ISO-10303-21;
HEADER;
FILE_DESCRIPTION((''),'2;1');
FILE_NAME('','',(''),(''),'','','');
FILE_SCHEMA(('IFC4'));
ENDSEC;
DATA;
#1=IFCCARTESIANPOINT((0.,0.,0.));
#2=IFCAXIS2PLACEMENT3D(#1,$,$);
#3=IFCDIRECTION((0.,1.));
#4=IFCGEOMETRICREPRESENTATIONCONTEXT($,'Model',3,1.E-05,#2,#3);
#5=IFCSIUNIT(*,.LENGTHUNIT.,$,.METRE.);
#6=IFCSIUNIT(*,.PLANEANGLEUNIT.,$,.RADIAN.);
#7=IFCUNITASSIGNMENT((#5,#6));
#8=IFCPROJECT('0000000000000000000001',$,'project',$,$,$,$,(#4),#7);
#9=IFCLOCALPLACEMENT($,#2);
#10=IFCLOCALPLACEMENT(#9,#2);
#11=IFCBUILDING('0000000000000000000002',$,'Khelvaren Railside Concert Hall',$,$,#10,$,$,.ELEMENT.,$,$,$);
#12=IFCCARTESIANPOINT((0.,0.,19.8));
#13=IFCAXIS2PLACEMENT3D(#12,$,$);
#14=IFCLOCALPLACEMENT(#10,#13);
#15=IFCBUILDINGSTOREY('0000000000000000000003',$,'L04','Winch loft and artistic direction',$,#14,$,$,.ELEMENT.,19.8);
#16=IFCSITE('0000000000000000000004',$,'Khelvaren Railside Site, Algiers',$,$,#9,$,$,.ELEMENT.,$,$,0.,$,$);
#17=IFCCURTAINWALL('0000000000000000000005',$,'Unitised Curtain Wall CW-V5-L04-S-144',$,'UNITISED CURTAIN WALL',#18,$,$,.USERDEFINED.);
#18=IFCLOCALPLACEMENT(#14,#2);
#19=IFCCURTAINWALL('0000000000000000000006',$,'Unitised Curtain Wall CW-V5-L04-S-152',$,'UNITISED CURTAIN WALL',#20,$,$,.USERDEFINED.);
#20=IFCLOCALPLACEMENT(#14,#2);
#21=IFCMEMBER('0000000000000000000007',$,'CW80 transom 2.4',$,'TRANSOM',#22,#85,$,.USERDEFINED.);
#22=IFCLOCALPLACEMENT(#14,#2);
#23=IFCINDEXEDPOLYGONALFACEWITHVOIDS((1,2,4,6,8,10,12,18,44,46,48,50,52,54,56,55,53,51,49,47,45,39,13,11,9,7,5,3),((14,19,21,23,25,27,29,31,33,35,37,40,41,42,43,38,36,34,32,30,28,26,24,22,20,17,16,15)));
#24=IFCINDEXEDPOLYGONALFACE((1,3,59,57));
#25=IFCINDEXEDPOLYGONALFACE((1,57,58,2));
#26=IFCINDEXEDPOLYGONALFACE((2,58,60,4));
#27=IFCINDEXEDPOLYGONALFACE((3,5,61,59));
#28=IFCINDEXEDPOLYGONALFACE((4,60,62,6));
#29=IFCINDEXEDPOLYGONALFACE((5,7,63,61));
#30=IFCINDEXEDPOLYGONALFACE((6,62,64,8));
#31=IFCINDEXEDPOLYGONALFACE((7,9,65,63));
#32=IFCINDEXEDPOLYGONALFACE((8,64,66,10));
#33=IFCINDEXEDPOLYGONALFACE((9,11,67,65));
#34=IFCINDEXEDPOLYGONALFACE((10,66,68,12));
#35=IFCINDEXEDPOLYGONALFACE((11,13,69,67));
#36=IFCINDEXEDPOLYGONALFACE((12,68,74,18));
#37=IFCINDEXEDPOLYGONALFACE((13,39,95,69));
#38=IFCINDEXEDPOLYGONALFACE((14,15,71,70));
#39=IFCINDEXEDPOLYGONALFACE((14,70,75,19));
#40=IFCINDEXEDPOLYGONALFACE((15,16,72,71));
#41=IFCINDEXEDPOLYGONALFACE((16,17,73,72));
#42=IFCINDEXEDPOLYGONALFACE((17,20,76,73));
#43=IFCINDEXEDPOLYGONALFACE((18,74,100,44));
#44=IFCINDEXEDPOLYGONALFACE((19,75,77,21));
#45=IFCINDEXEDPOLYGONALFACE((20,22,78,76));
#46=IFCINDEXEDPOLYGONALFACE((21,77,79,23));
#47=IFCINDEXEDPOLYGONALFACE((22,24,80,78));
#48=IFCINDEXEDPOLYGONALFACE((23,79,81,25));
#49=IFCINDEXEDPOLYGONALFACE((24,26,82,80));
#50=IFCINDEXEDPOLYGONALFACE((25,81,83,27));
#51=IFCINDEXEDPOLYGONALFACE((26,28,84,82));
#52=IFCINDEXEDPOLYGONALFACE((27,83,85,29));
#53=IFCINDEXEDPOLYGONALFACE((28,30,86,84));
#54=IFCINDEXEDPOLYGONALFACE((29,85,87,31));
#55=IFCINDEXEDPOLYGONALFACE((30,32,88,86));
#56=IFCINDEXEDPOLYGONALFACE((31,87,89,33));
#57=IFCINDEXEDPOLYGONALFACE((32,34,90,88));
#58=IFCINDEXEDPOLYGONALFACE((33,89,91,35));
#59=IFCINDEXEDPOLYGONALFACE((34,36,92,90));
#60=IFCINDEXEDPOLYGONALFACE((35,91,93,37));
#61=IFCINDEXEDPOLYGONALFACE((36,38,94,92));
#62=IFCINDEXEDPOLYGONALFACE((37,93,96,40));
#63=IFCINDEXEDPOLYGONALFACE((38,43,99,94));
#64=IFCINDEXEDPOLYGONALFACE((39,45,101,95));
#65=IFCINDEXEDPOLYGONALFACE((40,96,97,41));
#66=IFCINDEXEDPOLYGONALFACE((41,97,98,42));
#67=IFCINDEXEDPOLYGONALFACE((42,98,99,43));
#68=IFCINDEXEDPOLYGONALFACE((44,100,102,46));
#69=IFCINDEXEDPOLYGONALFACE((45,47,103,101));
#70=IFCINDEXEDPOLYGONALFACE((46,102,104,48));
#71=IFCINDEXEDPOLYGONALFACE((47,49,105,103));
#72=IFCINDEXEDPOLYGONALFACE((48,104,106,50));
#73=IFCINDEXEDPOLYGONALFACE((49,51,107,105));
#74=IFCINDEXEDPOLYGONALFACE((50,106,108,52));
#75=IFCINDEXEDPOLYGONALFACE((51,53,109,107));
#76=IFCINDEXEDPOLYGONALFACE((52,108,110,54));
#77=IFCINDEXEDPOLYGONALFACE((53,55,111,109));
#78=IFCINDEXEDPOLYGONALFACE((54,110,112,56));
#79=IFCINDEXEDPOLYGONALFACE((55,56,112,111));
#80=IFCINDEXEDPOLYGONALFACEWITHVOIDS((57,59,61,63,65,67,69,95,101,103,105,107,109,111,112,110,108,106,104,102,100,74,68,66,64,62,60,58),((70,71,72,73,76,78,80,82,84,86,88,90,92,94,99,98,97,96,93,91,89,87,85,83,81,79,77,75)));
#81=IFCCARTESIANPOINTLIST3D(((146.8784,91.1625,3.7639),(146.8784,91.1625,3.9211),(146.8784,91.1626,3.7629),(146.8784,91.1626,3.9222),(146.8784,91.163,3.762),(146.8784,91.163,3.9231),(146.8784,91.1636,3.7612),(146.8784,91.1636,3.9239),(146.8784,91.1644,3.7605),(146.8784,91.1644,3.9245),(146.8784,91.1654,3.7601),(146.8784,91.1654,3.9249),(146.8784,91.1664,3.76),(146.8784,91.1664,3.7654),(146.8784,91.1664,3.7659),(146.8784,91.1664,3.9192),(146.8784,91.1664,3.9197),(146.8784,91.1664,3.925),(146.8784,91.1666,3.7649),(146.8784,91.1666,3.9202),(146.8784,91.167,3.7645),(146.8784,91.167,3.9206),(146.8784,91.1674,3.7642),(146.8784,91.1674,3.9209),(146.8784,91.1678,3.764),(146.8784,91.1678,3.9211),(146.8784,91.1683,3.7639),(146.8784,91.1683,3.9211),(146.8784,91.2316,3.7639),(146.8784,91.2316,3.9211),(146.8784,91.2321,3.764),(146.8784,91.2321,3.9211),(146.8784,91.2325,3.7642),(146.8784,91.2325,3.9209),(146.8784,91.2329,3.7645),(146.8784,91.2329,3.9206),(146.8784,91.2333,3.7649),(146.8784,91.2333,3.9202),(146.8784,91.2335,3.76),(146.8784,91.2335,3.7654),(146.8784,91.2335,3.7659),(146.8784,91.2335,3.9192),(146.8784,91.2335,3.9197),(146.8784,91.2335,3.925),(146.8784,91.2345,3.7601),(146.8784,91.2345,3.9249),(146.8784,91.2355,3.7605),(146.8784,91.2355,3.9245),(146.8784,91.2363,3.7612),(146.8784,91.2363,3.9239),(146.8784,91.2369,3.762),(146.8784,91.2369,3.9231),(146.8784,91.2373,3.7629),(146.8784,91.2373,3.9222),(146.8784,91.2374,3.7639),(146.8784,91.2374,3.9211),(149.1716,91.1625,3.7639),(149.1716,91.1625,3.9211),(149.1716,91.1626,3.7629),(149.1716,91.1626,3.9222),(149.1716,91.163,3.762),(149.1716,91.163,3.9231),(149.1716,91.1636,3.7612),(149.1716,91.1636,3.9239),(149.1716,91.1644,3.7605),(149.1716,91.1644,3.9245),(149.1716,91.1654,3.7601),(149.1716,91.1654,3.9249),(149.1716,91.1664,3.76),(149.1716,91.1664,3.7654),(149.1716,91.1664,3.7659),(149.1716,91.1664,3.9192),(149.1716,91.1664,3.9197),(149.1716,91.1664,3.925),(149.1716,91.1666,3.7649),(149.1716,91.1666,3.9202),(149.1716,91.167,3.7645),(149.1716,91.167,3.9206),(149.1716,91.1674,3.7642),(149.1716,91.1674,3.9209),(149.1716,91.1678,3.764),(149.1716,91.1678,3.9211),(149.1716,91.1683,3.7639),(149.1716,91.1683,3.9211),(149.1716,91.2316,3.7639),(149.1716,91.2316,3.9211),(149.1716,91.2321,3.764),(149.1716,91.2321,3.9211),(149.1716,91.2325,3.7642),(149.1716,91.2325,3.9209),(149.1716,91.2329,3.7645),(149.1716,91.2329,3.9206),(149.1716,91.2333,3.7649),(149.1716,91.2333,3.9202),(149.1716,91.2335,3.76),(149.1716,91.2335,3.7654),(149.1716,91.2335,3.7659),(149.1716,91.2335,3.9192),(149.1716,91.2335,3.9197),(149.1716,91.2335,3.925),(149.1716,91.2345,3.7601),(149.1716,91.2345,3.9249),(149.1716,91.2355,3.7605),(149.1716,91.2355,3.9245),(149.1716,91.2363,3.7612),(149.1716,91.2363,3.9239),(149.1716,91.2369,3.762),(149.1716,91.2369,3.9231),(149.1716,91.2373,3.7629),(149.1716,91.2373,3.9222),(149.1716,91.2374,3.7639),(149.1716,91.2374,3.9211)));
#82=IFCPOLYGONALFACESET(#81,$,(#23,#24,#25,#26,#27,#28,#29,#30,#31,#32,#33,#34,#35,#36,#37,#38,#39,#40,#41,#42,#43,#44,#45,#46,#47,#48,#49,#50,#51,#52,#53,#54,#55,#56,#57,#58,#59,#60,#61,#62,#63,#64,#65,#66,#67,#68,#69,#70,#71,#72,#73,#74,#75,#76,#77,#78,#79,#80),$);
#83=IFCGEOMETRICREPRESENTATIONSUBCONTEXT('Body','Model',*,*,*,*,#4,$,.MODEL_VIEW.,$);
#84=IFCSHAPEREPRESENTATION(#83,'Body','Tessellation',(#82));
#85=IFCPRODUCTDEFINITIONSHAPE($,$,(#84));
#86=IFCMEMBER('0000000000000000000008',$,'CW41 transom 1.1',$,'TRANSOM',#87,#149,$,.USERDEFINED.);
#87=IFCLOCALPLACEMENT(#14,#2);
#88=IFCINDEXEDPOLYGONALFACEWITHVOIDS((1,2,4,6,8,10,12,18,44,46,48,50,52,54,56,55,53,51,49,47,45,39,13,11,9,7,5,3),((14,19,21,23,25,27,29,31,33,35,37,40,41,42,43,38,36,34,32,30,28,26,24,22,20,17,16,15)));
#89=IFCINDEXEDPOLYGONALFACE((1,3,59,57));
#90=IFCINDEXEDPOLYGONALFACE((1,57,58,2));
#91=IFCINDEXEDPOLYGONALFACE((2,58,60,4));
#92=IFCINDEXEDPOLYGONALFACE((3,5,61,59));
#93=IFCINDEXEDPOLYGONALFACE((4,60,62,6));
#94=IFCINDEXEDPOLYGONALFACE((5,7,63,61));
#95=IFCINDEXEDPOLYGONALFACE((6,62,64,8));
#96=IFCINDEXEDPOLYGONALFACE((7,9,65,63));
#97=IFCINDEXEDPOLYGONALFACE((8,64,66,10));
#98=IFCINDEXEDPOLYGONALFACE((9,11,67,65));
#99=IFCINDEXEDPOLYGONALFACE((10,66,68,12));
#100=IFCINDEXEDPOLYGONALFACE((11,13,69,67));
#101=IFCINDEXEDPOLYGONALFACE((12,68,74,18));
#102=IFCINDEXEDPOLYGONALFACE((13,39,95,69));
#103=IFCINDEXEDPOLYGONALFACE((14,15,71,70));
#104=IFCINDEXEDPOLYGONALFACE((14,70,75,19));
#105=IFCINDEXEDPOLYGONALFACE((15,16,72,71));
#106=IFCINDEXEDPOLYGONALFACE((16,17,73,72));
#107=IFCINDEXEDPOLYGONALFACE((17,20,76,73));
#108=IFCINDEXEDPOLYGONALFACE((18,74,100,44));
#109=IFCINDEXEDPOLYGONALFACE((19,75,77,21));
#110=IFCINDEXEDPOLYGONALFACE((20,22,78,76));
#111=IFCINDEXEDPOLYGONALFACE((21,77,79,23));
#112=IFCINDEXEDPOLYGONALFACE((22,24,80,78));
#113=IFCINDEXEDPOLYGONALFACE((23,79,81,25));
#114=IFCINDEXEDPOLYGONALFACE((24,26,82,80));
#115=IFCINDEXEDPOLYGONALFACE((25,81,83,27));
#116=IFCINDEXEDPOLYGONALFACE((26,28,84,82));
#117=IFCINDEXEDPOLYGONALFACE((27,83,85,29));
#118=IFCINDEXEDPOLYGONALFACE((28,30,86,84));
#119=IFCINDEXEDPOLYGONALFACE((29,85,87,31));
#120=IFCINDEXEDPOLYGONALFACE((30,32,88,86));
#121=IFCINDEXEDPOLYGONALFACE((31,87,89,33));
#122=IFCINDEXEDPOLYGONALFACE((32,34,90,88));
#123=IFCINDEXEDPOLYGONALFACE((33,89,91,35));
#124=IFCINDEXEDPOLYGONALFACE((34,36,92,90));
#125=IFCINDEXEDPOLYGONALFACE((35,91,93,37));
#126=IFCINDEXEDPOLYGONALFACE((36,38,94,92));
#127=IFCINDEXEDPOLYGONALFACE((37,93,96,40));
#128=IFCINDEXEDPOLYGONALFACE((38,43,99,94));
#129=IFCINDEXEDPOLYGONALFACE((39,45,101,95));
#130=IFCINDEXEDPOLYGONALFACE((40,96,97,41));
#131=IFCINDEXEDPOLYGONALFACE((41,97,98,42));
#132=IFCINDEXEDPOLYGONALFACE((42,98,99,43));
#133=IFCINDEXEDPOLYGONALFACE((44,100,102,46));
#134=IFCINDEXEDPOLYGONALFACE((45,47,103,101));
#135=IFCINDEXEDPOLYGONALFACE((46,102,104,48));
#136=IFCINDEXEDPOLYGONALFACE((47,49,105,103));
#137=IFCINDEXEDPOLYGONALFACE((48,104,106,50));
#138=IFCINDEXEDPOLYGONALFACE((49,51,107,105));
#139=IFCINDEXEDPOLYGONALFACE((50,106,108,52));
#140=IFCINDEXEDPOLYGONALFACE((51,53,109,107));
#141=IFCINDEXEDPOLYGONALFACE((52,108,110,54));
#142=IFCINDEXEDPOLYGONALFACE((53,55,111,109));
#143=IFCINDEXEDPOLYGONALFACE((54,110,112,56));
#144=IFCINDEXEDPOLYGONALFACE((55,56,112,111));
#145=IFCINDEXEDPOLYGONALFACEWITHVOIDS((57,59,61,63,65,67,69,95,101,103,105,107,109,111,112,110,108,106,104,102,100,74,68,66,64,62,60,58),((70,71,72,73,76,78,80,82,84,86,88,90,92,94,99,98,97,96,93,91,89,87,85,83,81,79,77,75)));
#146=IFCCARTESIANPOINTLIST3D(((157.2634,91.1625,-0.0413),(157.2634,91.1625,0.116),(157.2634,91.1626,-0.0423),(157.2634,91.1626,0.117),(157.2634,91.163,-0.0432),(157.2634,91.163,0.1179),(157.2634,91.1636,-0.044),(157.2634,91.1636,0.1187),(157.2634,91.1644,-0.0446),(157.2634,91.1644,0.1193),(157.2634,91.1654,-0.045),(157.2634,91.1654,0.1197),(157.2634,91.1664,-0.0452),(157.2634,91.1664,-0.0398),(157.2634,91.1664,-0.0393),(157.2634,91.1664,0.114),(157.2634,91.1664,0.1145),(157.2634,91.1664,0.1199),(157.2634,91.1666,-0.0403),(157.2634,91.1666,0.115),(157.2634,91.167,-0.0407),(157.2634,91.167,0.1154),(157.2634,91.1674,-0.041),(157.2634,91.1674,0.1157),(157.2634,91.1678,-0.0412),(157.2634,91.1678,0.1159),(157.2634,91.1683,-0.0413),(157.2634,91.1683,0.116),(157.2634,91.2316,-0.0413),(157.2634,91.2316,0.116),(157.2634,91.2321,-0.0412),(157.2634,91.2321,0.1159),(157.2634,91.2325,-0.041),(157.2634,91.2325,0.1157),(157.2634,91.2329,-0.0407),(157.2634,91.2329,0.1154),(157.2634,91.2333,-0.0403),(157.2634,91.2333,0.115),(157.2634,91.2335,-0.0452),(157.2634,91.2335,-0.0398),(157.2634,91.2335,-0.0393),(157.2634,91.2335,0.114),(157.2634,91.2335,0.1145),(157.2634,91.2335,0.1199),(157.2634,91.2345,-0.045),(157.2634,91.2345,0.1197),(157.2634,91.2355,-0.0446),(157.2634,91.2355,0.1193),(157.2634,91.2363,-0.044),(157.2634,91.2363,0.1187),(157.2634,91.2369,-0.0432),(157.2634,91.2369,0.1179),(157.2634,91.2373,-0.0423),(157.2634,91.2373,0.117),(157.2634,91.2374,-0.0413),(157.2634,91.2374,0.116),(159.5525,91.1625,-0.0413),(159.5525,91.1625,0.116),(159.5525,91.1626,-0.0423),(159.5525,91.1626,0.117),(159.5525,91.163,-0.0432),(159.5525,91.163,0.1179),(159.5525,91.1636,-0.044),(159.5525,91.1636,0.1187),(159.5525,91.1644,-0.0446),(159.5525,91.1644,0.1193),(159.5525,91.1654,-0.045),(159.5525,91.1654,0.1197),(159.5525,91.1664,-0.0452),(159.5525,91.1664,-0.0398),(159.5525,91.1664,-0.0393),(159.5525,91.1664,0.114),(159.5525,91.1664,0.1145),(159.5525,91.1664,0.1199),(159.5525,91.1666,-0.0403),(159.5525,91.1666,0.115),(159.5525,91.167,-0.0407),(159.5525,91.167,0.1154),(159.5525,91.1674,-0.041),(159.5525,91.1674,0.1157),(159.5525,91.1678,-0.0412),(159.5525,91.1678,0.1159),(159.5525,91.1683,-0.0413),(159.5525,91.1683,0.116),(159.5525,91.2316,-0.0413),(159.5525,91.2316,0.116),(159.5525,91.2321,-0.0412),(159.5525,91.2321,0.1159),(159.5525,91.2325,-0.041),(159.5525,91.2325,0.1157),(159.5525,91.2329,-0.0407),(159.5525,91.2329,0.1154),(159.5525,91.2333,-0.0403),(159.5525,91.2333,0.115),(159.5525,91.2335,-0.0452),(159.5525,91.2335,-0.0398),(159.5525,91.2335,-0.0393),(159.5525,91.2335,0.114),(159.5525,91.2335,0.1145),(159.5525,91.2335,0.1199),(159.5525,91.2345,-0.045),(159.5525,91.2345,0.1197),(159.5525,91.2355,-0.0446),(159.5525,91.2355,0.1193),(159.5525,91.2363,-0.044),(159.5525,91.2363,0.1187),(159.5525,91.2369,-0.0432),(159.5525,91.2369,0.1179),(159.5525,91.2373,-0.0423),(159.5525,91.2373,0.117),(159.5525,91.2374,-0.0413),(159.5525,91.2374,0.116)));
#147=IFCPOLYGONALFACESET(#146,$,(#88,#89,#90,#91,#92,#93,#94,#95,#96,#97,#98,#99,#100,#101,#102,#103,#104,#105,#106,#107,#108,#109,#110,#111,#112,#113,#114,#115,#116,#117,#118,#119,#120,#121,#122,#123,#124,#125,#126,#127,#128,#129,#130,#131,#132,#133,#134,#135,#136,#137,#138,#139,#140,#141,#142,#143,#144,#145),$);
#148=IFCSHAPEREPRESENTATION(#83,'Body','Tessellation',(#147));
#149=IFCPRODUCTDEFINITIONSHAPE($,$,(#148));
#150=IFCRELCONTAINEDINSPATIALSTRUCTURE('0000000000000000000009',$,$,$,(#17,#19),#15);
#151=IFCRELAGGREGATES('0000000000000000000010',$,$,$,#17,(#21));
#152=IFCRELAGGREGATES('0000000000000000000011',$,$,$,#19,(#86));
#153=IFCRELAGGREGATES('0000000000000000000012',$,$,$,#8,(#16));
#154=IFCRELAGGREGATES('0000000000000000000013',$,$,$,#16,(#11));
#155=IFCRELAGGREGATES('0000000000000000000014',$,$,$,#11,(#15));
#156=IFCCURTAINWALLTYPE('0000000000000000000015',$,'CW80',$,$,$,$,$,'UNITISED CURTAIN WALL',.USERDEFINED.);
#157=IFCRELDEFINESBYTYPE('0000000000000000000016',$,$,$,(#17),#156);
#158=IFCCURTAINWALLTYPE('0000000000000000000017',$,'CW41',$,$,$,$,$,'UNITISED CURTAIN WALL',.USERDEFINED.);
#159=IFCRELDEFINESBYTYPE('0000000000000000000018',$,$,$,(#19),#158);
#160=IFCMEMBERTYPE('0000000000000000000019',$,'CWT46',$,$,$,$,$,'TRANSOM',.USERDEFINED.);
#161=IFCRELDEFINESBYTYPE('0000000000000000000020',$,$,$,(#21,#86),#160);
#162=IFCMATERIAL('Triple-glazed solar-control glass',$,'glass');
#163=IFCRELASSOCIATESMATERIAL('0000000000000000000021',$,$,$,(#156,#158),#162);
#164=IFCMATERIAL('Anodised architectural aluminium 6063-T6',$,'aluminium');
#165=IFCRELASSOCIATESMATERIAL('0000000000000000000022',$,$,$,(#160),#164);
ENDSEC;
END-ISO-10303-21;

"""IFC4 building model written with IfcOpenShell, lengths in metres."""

from ifc_helpers import new_model, si_unit, direction, frame, origin, origin_2d, place, context, subcontext, project, spatial, hollow_rectangle, extrude, material, material_profile, profile_set, type_object, element, aggregate, save


model = new_model("IFC4")

# Units and contexts
model_context = context("Model", 3, precision=1e-05, world=origin(), true_north=direction((0.0, 1.0)))
body_context = subcontext(model_context, "Body", "Model", "MODEL_VIEW")
ifc_project = project(units=[si_unit("LENGTHUNIT", "METRE"), si_unit("PLANEANGLEUNIT", "RADIAN")], contexts=[model_context])

# Site, building, storey
site_placement = place(None, origin())
site = spatial("IfcSite", under=ifc_project, at=site_placement, Name="Khelvaren Railside Site, Algiers", CompositionType="ELEMENT", RefElevation=0.0)
building_placement = place(site_placement, origin())
building = spatial("IfcBuilding", under=site, at=building_placement, Name="Khelvaren Railside Concert Hall", CompositionType="ELEMENT")
storey_placement = place(building_placement, frame((0.0, 0.0, 19.8)))
storey = spatial("IfcBuildingStorey", under=building, at=storey_placement, Name="L04", Description="Winch loft and artistic direction", CompositionType="ELEMENT", Elevation=19.8)

# Curtain walls
ifc_material_1 = material(Name="Triple-glazed solar-control glass", Category="glass")
curtain_wall_type_1 = type_object("IfcCurtainWallType", Name="CW80", ElementType="UNITISED CURTAIN WALL", PredefinedType="USERDEFINED", material=ifc_material_1)
curtain_wall_1_placement = place(storey_placement, origin())
curtain_wall_1 = element("IfcCurtainWall", 1, at=curtain_wall_1_placement, inside=storey, type_object=curtain_wall_type_1, Name="Unitised Curtain Wall CW-V5-L04-S-144", ObjectType="UNITISED CURTAIN WALL", PredefinedType="USERDEFINED")
ifc_material_2 = material(Name="Anodised architectural aluminium 6063-T6", Category="aluminium")
curtain_wall_type_2 = type_object("IfcCurtainWallType", Name="CW41", ElementType="UNITISED CURTAIN WALL", PredefinedType="USERDEFINED", material=ifc_material_1)
curtain_wall_2_placement = place(storey_placement, origin())
curtain_wall_2 = element("IfcCurtainWall", 2, at=curtain_wall_2_placement, inside=storey, type_object=curtain_wall_type_2, Name="Unitised Curtain Wall CW-V5-L04-S-152", ObjectType="UNITISED CURTAIN WALL", PredefinedType="USERDEFINED")

# Members
ifc_material_profile_1 = material_profile(ifc_material_2, hollow_rectangle(XDim=0.075, YDim=0.165, WallThickness=0.0039, InnerFilletRadius=0.002, OuterFilletRadius=0.0039, at=origin_2d()), Name="CWT 75x165x4")
ifc_profile_set_1 = profile_set([ifc_material_profile_1], Name="Anodised architectural aluminium 6063-T6")
member_type_1 = type_object("IfcMemberType", Name="CWT46", ElementType="TRANSOM", PredefinedType="USERDEFINED", material=ifc_profile_set_1)
member_1_placement = place(storey_placement, frame((149.1716, 91.2, 3.8425), z_axis=(-1.0, 0.0, 0.0), x_axis=(0.0, -1.0, 0.0)))
member_1 = element("IfcMember", 3, at=member_1_placement, type_object=member_type_1, Name="CW80 transom 2.4", ObjectType="TRANSOM", PredefinedType="USERDEFINED", context=body_context, shape_type="SweptSolid", body=[
    extrude(hollow_rectangle(XDim=0.075, YDim=0.165, WallThickness=0.0039, InnerFilletRadius=0.002, OuterFilletRadius=0.0039, at=origin_2d()), origin(), (0.0, 0.0, 1.0), 2.2932),
])
member_2_placement = place(storey_placement, frame((159.5525, 91.2, 0.0374), z_axis=(-1.0, 0.0, 0.0), x_axis=(0.0, -1.0, 0.0)))
member_2 = element("IfcMember", 4, at=member_2_placement, type_object=member_type_1, Name="CW41 transom 1.1", ObjectType="TRANSOM", PredefinedType="USERDEFINED", context=body_context, shape_type="SweptSolid", body=[
    extrude(hollow_rectangle(XDim=0.075, YDim=0.165, WallThickness=0.0039, InnerFilletRadius=0.002, OuterFilletRadius=0.0039, at=origin_2d()), origin(), (0.0, 0.0, 1.0), 2.2891),
])

aggregate(curtain_wall_1, [member_1])
aggregate(curtain_wall_2, [member_2])

save(model, "model.ifc")
